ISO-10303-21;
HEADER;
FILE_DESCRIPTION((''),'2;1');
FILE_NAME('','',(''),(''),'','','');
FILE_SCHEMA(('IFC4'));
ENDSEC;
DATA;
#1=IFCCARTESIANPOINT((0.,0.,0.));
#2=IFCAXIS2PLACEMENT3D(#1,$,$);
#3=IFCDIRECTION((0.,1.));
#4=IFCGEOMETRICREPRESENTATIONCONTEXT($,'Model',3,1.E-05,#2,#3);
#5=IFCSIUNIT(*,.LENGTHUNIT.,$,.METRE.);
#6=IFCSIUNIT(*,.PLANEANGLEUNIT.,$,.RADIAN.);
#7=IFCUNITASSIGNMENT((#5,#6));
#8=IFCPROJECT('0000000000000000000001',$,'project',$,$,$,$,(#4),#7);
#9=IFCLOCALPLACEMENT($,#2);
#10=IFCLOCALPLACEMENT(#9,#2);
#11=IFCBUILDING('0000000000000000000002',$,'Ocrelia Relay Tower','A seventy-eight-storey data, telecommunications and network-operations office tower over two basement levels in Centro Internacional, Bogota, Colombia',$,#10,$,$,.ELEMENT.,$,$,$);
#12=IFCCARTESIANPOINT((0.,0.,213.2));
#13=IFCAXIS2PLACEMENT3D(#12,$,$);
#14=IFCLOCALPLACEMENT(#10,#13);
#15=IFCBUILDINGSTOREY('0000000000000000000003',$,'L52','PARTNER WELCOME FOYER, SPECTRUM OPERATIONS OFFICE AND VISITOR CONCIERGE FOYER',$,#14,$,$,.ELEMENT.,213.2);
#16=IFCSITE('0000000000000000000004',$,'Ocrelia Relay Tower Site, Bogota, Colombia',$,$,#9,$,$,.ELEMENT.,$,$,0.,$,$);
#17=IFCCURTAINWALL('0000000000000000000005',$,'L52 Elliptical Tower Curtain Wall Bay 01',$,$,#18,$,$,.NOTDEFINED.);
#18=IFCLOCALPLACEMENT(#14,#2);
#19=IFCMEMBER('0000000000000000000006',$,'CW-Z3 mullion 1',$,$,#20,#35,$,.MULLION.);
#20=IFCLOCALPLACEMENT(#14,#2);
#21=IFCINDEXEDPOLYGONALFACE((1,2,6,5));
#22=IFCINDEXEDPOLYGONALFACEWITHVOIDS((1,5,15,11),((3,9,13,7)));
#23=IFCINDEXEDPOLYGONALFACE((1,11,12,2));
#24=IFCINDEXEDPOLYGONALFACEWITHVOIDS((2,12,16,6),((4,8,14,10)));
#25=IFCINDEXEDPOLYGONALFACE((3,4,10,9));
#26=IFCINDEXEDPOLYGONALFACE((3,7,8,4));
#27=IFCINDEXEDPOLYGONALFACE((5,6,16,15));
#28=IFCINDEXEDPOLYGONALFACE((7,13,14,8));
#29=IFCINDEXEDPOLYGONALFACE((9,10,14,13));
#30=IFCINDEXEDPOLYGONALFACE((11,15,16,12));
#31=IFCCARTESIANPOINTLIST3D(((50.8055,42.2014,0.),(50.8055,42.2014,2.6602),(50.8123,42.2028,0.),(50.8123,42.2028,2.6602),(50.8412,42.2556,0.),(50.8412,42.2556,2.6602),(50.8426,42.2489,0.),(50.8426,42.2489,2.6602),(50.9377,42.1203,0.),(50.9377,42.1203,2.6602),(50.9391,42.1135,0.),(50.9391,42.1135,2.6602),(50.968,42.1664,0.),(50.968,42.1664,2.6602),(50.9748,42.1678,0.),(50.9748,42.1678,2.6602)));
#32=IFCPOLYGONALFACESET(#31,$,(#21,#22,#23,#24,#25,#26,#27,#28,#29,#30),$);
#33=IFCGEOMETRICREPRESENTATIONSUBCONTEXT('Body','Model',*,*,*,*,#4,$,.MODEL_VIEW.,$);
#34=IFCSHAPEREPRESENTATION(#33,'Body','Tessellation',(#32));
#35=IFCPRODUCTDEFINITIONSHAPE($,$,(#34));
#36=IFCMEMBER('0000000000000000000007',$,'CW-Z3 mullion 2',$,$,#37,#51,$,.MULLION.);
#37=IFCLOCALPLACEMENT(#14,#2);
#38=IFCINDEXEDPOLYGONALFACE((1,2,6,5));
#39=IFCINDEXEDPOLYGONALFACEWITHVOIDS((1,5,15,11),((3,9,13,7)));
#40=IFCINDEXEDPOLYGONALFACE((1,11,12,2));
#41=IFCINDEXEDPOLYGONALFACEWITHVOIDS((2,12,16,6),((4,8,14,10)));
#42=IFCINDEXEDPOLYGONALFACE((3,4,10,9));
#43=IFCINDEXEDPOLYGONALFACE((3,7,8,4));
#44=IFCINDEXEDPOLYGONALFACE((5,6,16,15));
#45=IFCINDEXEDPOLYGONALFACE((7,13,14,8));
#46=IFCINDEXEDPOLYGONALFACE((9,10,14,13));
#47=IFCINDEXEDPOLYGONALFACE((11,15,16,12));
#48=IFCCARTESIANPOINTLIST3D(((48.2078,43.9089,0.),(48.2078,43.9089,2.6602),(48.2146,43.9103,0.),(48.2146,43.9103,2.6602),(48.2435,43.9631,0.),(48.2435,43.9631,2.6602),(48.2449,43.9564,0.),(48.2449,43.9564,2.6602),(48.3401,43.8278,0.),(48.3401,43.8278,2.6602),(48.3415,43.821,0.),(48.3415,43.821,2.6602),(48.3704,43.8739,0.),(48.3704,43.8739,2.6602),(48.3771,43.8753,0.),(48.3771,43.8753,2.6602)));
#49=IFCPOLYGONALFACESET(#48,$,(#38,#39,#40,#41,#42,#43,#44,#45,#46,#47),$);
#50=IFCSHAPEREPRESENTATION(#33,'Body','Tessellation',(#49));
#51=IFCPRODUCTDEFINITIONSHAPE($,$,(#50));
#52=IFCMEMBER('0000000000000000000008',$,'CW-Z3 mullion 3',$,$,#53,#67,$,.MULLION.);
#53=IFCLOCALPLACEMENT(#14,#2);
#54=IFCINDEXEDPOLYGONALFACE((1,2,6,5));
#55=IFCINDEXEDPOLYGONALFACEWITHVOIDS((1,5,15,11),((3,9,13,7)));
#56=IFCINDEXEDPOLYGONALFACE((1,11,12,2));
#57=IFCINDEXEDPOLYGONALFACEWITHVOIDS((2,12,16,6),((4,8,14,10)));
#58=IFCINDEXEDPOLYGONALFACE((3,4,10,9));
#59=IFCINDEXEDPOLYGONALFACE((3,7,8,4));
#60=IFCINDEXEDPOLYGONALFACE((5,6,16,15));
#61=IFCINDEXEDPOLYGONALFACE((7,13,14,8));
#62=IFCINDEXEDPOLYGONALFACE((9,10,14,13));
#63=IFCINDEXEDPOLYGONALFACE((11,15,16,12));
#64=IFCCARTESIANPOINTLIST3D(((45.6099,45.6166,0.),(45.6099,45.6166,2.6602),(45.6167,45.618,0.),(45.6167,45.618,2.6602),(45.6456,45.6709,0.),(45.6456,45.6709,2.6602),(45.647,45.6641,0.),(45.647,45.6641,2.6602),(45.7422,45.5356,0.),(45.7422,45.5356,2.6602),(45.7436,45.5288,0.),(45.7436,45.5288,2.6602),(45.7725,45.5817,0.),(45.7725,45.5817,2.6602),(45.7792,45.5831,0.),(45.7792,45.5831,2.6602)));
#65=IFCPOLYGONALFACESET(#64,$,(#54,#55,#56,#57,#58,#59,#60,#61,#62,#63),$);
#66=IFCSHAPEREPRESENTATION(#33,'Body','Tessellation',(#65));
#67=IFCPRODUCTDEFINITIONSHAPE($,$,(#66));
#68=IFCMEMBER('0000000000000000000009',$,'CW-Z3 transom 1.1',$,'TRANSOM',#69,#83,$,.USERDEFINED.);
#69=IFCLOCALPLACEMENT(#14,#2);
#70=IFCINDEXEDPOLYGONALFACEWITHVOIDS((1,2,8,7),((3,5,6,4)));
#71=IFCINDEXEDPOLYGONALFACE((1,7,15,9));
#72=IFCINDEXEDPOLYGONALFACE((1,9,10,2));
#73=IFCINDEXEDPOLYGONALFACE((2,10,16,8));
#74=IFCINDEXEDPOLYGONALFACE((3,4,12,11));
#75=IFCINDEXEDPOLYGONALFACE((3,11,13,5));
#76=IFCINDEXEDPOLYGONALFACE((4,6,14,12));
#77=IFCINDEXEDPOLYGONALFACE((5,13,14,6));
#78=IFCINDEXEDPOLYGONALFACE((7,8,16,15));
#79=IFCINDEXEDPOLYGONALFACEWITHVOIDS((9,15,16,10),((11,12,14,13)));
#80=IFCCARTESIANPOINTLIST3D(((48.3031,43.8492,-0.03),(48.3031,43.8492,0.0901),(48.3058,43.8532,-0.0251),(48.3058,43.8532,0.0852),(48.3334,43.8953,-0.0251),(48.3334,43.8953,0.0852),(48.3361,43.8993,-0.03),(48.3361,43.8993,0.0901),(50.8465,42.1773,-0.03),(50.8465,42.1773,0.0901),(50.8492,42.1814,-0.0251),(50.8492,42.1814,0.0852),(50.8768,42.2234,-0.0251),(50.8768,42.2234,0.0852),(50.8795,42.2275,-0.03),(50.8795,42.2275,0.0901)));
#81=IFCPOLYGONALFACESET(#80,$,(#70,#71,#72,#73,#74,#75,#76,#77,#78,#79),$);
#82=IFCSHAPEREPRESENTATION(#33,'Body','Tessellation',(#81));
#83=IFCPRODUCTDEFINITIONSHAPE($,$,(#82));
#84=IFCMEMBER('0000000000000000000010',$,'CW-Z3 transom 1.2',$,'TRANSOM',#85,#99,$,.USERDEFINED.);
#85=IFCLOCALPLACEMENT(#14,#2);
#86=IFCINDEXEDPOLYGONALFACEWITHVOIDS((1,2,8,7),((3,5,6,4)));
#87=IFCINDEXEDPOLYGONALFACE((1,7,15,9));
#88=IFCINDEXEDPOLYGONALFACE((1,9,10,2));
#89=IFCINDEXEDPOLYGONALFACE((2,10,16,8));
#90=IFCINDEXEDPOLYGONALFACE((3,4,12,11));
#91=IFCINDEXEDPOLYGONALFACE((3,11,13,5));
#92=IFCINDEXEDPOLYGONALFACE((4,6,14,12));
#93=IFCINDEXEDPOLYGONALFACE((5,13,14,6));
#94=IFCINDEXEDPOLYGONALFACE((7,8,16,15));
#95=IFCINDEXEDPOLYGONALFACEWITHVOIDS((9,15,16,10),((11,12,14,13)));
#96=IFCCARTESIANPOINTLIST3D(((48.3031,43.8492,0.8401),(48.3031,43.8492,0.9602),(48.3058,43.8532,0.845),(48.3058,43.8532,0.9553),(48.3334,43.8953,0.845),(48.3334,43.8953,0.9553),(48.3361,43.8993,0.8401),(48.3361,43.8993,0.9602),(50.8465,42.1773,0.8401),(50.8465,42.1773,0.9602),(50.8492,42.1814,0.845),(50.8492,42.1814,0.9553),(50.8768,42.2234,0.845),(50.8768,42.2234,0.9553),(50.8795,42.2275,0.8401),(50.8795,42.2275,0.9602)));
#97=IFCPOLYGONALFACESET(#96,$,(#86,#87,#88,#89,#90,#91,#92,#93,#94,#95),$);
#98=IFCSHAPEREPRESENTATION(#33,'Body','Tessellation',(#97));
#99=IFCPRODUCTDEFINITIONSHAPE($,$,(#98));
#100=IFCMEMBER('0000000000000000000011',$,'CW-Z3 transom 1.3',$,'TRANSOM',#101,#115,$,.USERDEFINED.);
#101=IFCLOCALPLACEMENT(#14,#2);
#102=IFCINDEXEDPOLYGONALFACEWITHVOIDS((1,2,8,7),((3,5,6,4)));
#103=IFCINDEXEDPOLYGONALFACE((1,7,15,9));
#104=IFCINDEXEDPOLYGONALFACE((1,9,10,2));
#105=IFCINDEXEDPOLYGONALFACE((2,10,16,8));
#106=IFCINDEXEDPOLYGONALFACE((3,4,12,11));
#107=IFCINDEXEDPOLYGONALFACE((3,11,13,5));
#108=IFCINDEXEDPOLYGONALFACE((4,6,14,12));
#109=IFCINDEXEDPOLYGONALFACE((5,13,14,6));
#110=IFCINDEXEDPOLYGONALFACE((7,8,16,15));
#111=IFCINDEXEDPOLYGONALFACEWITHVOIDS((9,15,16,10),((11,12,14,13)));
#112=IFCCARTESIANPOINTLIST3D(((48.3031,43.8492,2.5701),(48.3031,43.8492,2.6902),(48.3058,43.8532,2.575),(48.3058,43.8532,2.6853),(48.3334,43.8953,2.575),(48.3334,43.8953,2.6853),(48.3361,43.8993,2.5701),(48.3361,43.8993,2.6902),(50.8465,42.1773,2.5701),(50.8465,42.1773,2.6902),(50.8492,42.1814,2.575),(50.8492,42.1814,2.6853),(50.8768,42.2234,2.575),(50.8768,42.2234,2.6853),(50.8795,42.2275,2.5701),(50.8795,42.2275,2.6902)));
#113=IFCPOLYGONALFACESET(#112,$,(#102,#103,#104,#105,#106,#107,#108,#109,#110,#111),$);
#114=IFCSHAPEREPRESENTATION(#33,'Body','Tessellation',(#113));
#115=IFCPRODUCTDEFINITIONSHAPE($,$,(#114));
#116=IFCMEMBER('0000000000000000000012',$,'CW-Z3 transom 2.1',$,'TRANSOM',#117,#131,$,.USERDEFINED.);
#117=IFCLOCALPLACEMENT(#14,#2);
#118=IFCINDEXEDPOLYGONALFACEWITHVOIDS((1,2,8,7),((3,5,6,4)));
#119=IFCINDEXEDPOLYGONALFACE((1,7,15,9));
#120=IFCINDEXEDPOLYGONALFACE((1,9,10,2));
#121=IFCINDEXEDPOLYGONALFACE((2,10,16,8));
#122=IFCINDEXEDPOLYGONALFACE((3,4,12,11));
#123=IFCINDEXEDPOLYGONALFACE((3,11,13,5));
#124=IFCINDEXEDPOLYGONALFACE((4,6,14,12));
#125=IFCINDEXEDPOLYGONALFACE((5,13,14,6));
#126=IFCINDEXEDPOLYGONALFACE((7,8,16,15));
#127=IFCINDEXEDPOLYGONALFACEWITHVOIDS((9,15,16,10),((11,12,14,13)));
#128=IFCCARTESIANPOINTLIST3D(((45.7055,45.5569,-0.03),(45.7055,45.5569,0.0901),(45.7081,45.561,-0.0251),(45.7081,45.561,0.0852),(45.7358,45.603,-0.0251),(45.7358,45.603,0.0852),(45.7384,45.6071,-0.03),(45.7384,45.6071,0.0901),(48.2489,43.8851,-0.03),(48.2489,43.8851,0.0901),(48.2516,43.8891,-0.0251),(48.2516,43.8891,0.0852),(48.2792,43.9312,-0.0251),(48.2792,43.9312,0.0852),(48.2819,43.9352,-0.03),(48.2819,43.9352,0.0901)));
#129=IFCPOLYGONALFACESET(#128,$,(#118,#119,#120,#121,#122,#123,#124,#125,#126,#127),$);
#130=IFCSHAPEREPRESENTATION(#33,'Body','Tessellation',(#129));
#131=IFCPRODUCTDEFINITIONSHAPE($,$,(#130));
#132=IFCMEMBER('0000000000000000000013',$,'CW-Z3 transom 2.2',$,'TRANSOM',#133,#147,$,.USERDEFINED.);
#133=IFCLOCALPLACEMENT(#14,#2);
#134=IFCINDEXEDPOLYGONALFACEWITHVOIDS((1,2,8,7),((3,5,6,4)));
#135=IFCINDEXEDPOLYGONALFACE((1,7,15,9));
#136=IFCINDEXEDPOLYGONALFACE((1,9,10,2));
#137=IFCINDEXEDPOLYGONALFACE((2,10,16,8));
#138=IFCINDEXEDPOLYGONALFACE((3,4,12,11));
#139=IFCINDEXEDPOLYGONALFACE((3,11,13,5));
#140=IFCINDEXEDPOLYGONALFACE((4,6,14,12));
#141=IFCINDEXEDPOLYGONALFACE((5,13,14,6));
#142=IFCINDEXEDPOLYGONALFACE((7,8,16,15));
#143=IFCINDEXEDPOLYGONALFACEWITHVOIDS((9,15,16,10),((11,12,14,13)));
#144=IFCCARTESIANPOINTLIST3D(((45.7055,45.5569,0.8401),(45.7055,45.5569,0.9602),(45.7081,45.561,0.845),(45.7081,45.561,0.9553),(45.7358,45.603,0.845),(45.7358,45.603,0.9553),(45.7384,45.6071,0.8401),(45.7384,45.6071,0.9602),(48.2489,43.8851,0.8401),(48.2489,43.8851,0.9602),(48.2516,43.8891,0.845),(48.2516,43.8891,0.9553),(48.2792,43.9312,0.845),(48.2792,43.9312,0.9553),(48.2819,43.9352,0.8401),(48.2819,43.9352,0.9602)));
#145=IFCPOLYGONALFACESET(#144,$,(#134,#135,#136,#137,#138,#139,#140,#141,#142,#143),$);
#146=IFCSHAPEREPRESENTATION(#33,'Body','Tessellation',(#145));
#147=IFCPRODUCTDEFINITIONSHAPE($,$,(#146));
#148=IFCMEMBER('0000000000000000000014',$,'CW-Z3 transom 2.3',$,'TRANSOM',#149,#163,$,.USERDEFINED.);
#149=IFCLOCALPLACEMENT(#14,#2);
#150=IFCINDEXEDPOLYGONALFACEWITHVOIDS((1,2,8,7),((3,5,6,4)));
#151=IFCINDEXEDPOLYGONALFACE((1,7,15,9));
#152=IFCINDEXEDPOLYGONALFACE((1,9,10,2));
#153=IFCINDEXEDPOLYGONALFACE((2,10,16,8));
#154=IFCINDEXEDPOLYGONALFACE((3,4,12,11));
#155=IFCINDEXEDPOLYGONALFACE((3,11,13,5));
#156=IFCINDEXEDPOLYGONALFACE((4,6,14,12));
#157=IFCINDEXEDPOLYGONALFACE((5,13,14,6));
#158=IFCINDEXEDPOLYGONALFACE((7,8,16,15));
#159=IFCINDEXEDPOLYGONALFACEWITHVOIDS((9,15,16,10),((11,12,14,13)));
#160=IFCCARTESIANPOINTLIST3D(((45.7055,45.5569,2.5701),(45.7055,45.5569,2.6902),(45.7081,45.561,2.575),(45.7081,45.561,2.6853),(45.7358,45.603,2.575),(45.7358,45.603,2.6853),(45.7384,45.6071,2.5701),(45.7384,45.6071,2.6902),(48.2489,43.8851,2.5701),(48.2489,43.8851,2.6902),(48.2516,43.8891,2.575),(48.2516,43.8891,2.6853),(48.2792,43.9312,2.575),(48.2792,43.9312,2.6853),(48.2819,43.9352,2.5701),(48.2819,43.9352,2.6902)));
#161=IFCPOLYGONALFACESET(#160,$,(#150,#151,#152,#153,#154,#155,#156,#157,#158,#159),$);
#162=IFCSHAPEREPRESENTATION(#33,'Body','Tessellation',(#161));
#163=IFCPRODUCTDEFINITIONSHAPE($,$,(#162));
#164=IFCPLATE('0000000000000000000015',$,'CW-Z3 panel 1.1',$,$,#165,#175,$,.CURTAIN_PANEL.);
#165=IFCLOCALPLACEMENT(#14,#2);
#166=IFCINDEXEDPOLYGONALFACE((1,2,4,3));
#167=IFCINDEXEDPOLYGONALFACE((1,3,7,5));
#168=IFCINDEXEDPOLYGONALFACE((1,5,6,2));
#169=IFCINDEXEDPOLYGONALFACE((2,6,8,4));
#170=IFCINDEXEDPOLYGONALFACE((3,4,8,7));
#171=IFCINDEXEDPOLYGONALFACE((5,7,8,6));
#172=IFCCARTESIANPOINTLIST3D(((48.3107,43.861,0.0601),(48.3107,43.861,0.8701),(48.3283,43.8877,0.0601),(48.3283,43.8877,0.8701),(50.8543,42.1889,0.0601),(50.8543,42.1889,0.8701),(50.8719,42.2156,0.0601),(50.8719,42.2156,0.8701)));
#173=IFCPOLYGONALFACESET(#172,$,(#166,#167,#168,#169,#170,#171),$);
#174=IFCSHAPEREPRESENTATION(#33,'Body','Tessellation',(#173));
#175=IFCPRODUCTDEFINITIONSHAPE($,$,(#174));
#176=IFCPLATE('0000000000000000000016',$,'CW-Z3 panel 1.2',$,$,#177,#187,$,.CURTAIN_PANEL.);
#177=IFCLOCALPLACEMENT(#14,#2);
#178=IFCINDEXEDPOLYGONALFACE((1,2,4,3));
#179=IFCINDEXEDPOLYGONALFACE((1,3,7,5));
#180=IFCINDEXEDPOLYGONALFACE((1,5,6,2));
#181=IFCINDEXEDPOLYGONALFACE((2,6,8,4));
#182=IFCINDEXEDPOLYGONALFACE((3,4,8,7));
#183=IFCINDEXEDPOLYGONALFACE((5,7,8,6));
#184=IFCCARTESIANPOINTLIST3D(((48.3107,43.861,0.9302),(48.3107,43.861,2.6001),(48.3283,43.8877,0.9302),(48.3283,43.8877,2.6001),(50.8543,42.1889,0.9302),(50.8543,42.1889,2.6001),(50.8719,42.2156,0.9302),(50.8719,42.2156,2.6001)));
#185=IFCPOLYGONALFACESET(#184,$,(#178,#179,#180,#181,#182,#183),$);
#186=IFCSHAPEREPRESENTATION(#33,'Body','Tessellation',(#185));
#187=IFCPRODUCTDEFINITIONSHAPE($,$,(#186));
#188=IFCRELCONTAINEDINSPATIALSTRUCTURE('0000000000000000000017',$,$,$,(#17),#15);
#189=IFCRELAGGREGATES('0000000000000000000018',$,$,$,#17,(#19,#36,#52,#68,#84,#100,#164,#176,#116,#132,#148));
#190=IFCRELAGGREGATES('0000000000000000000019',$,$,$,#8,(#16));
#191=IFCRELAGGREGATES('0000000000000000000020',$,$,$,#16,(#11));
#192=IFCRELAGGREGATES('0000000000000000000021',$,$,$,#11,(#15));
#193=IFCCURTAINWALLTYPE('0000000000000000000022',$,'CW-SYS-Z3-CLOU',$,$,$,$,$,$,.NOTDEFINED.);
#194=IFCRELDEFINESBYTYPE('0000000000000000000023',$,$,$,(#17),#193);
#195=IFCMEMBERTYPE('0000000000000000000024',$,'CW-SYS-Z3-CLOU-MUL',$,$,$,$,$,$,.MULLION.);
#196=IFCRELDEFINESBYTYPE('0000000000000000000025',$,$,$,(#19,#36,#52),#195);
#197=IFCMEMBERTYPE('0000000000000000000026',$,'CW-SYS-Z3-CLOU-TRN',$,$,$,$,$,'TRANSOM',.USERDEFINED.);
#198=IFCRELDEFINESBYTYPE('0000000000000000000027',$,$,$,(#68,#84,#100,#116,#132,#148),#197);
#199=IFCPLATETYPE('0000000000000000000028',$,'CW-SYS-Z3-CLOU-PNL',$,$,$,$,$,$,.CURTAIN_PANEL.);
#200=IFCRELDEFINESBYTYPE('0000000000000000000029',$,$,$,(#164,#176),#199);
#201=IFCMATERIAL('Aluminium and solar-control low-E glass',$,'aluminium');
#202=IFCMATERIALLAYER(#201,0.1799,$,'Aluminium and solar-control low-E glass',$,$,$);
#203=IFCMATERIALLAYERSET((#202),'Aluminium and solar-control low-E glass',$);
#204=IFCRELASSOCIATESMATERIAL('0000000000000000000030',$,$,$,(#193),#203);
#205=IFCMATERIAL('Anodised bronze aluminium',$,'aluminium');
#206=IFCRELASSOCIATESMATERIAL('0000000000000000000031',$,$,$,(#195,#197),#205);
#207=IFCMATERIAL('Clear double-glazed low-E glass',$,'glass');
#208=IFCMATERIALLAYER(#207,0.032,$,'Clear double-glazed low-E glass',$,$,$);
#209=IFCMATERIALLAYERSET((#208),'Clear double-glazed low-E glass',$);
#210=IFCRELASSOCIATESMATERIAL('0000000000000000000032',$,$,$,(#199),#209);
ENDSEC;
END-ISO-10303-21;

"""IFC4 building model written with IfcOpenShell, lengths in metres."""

from ifc_helpers import new_model, si_unit, direction, frame, origin, origin_2d, place, context, subcontext, project, spatial, rectangle, hollow_rectangle, extrude, material, layer, layer_set, material_profile, profile_set, type_object, element, aggregate, save


model = new_model("IFC4")

# Units and contexts
model_context = context("Model", 3, precision=1e-05, world=origin(), true_north=direction((0.0, 1.0)))
body_context = subcontext(model_context, "Body", "Model", "MODEL_VIEW")
ifc_project = project(units=[si_unit("LENGTHUNIT", "METRE"), si_unit("PLANEANGLEUNIT", "RADIAN")], contexts=[model_context])

# Site, building, storey
site_placement = place(None, origin())
site = spatial("IfcSite", under=ifc_project, at=site_placement, Name="Ocrelia Relay Tower Site, Bogota, Colombia", CompositionType="ELEMENT", RefElevation=0.0)
building_placement = place(site_placement, origin())
building = spatial("IfcBuilding", under=site, at=building_placement, Name="Ocrelia Relay Tower", Description="A seventy-eight-storey data, telecommunications and network-operations office tower over two basement levels in Centro Internacional, Bogota, Colombia", CompositionType="ELEMENT")
storey_placement = place(building_placement, frame((0.0, 0.0, 213.2)))
storey = spatial("IfcBuildingStorey", under=building, at=storey_placement, Name="L52", Description="PARTNER WELCOME FOYER, SPECTRUM OPERATIONS OFFICE AND VISITOR CONCIERGE FOYER", CompositionType="ELEMENT", Elevation=213.2)

# Curtain wall, members, plates
ifc_material_1 = material(Name="Aluminium and solar-control low-E glass", Category="aluminium")
ifc_layer_1 = layer(ifc_material_1, 0.1799, Name="Aluminium and solar-control low-E glass")
ifc_layer_set_1 = layer_set([ifc_layer_1], Name="Aluminium and solar-control low-E glass")
curtain_wall_type = type_object("IfcCurtainWallType", Name="CW-SYS-Z3-CLOU", PredefinedType="NOTDEFINED", material=ifc_layer_set_1)
curtain_wall_placement = place(storey_placement, origin())
curtain_wall = element("IfcCurtainWall", 1, at=curtain_wall_placement, inside=storey, type_object=curtain_wall_type, Name="L52 Elliptical Tower Curtain Wall Bay 01", PredefinedType="NOTDEFINED")
ifc_material_2 = material(Name="Anodised bronze aluminium", Category="aluminium")
ifc_material_profile_1 = material_profile(ifc_material_2, hollow_rectangle(XDim=0.0649, YDim=0.1599, WallThickness=0.0049, at=origin_2d()), Name="CW-MUL-160x65")
ifc_profile_set_1 = profile_set([ifc_material_profile_1], Name="Anodised bronze aluminium")
member_type_1 = type_object("IfcMemberType", Name="CW-SYS-Z3-CLOU-MUL", PredefinedType="MULLION", material=ifc_profile_set_1)
member_1_placement = place(storey_placement, frame((50.8901, 42.1846, 0.0), z_axis=(0.0, 0.0, 1.0), x_axis=(-0.549319, -0.835613, 0.0)))
member_1 = element("IfcMember", 2, at=member_1_placement, type_object=member_type_1, Name="CW-Z3 mullion 1", PredefinedType="MULLION", context=body_context, shape_type="SweptSolid", body=[
    extrude(hollow_rectangle(XDim=0.0649, YDim=0.1599, WallThickness=0.0049, at=origin_2d()), origin(), (0.0, 0.0, 1.0), 2.6602),
])
member_2_placement = place(storey_placement, frame((48.2925, 43.8921, 0.0), z_axis=(0.0, 0.0, 1.0), x_axis=(-0.549319, -0.835613, 0.0)))
member_2 = element("IfcMember", 3, at=member_2_placement, type_object=member_type_1, Name="CW-Z3 mullion 2", PredefinedType="MULLION", context=body_context, shape_type="SweptSolid", body=[
    extrude(hollow_rectangle(XDim=0.0649, YDim=0.1599, WallThickness=0.0049, at=origin_2d()), origin(), (0.0, 0.0, 1.0), 2.6602),
])
member_3_placement = place(storey_placement, frame((45.6946, 45.5999, 0.0), z_axis=(0.0, 0.0, 1.0), x_axis=(-0.549319, -0.835613, 0.0)))
member_3 = element("IfcMember", 4, at=member_3_placement, type_object=member_type_1, Name="CW-Z3 mullion 3", PredefinedType="MULLION", context=body_context, shape_type="SweptSolid", body=[
    extrude(hollow_rectangle(XDim=0.0649, YDim=0.1599, WallThickness=0.0049, at=origin_2d()), origin(), (0.0, 0.0, 1.0), 2.6602),
])
ifc_material_profile_2 = material_profile(ifc_material_2, hollow_rectangle(XDim=0.0601, YDim=0.1201, WallThickness=0.0049, at=origin_2d()), Name="CW-TRN-120x60")
ifc_profile_set_2 = profile_set([ifc_material_profile_2], Name="Anodised bronze aluminium")
member_type_2 = type_object("IfcMemberType", Name="CW-SYS-Z3-CLOU-TRN", ElementType="TRANSOM", PredefinedType="USERDEFINED", material=ifc_profile_set_2)
member_4_placement = place(storey_placement, frame((50.863, 42.2024, 0.03), z_axis=(-0.835636, 0.549284, 0.0), x_axis=(-0.549284, -0.835636, 0.0)))
member_4 = element("IfcMember", 5, at=member_4_placement, type_object=member_type_2, Name="CW-Z3 transom 1.1", ObjectType="TRANSOM", PredefinedType="USERDEFINED", context=body_context, shape_type="SweptSolid", body=[
    extrude(hollow_rectangle(XDim=0.0601, YDim=0.1201, WallThickness=0.0049, at=origin_2d()), origin(), (0.0, 0.0, 1.0), 3.0437),
])
member_5_placement = place(storey_placement, frame((50.863, 42.2024, 0.9001), z_axis=(-0.835636, 0.549284, 0.0), x_axis=(-0.549284, -0.835636, 0.0)))
member_5 = element("IfcMember", 6, at=member_5_placement, type_object=member_type_2, Name="CW-Z3 transom 1.2", ObjectType="TRANSOM", PredefinedType="USERDEFINED", context=body_context, shape_type="SweptSolid", body=[
    extrude(hollow_rectangle(XDim=0.0601, YDim=0.1201, WallThickness=0.0049, at=origin_2d()), origin(), (0.0, 0.0, 1.0), 3.0437),
])
member_6_placement = place(storey_placement, frame((50.863, 42.2024, 2.6301), z_axis=(-0.835636, 0.549284, 0.0), x_axis=(-0.549284, -0.835636, 0.0)))
member_6 = element("IfcMember", 7, at=member_6_placement, type_object=member_type_2, Name="CW-Z3 transom 1.3", ObjectType="TRANSOM", PredefinedType="USERDEFINED", context=body_context, shape_type="SweptSolid", body=[
    extrude(hollow_rectangle(XDim=0.0601, YDim=0.1201, WallThickness=0.0049, at=origin_2d()), origin(), (0.0, 0.0, 1.0), 3.0437),
])
member_7_placement = place(storey_placement, frame((48.2654, 43.9102, 0.03), z_axis=(-0.835636, 0.549284, 0.0), x_axis=(-0.549284, -0.835636, 0.0)))
member_7 = element("IfcMember", 8, at=member_7_placement, type_object=member_type_2, Name="CW-Z3 transom 2.1", ObjectType="TRANSOM", PredefinedType="USERDEFINED", context=body_context, shape_type="SweptSolid", body=[
    extrude(hollow_rectangle(XDim=0.0601, YDim=0.1201, WallThickness=0.0049, at=origin_2d()), origin(), (0.0, 0.0, 1.0), 3.0437),
])
member_8_placement = place(storey_placement, frame((48.2654, 43.9102, 0.9001), z_axis=(-0.835636, 0.549284, 0.0), x_axis=(-0.549284, -0.835636, 0.0)))
member_8 = element("IfcMember", 9, at=member_8_placement, type_object=member_type_2, Name="CW-Z3 transom 2.2", ObjectType="TRANSOM", PredefinedType="USERDEFINED", context=body_context, shape_type="SweptSolid", body=[
    extrude(hollow_rectangle(XDim=0.0601, YDim=0.1201, WallThickness=0.0049, at=origin_2d()), origin(), (0.0, 0.0, 1.0), 3.0437),
])
member_9_placement = place(storey_placement, frame((48.2654, 43.9102, 2.6301), z_axis=(-0.835636, 0.549284, 0.0), x_axis=(-0.549284, -0.835636, 0.0)))
member_9 = element("IfcMember", 10, at=member_9_placement, type_object=member_type_2, Name="CW-Z3 transom 2.3", ObjectType="TRANSOM", PredefinedType="USERDEFINED", context=body_context, shape_type="SweptSolid", body=[
    extrude(hollow_rectangle(XDim=0.0601, YDim=0.1201, WallThickness=0.0049, at=origin_2d()), origin(), (0.0, 0.0, 1.0), 3.0437),
])
ifc_material_3 = material(Name="Clear double-glazed low-E glass", Category="glass")
ifc_layer_2 = layer(ifc_material_3, 0.032, Name="Clear double-glazed low-E glass")
ifc_layer_set_2 = layer_set([ifc_layer_2], Name="Clear double-glazed low-E glass")
plate_type = type_object("IfcPlateType", Name="CW-SYS-Z3-CLOU-PNL", PredefinedType="CURTAIN_PANEL", material=ifc_layer_set_2)
plate_1_placement = place(storey_placement, frame((49.5913, 43.0383, 0.0601), z_axis=(0.0, 0.0, 1.0), x_axis=(-0.835613, 0.549319, 0.0)))
plate_1 = element("IfcPlate", 11, at=plate_1_placement, type_object=plate_type, Name="CW-Z3 panel 1.1", PredefinedType="CURTAIN_PANEL", context=body_context, shape_type="SweptSolid", body=[
    extrude(rectangle(XDim=3.0439, YDim=0.032, at=origin_2d()), origin(), (0.0, 0.0, 1.0), 0.8101),
])
plate_2_placement = place(storey_placement, frame((49.5913, 43.0383, 0.9302), z_axis=(0.0, 0.0, 1.0), x_axis=(-0.835613, 0.549319, 0.0)))
plate_2 = element("IfcPlate", 12, at=plate_2_placement, type_object=plate_type, Name="CW-Z3 panel 1.2", PredefinedType="CURTAIN_PANEL", context=body_context, shape_type="SweptSolid", body=[
    extrude(rectangle(XDim=3.0439, YDim=0.032, at=origin_2d()), origin(), (0.0, 0.0, 1.0), 1.6699),
])
aggregate(curtain_wall, [member_1, member_2, member_3, member_4, member_5, member_6, plate_1, plate_2, member_7, member_8, member_9])

save(model, "model.ifc")
